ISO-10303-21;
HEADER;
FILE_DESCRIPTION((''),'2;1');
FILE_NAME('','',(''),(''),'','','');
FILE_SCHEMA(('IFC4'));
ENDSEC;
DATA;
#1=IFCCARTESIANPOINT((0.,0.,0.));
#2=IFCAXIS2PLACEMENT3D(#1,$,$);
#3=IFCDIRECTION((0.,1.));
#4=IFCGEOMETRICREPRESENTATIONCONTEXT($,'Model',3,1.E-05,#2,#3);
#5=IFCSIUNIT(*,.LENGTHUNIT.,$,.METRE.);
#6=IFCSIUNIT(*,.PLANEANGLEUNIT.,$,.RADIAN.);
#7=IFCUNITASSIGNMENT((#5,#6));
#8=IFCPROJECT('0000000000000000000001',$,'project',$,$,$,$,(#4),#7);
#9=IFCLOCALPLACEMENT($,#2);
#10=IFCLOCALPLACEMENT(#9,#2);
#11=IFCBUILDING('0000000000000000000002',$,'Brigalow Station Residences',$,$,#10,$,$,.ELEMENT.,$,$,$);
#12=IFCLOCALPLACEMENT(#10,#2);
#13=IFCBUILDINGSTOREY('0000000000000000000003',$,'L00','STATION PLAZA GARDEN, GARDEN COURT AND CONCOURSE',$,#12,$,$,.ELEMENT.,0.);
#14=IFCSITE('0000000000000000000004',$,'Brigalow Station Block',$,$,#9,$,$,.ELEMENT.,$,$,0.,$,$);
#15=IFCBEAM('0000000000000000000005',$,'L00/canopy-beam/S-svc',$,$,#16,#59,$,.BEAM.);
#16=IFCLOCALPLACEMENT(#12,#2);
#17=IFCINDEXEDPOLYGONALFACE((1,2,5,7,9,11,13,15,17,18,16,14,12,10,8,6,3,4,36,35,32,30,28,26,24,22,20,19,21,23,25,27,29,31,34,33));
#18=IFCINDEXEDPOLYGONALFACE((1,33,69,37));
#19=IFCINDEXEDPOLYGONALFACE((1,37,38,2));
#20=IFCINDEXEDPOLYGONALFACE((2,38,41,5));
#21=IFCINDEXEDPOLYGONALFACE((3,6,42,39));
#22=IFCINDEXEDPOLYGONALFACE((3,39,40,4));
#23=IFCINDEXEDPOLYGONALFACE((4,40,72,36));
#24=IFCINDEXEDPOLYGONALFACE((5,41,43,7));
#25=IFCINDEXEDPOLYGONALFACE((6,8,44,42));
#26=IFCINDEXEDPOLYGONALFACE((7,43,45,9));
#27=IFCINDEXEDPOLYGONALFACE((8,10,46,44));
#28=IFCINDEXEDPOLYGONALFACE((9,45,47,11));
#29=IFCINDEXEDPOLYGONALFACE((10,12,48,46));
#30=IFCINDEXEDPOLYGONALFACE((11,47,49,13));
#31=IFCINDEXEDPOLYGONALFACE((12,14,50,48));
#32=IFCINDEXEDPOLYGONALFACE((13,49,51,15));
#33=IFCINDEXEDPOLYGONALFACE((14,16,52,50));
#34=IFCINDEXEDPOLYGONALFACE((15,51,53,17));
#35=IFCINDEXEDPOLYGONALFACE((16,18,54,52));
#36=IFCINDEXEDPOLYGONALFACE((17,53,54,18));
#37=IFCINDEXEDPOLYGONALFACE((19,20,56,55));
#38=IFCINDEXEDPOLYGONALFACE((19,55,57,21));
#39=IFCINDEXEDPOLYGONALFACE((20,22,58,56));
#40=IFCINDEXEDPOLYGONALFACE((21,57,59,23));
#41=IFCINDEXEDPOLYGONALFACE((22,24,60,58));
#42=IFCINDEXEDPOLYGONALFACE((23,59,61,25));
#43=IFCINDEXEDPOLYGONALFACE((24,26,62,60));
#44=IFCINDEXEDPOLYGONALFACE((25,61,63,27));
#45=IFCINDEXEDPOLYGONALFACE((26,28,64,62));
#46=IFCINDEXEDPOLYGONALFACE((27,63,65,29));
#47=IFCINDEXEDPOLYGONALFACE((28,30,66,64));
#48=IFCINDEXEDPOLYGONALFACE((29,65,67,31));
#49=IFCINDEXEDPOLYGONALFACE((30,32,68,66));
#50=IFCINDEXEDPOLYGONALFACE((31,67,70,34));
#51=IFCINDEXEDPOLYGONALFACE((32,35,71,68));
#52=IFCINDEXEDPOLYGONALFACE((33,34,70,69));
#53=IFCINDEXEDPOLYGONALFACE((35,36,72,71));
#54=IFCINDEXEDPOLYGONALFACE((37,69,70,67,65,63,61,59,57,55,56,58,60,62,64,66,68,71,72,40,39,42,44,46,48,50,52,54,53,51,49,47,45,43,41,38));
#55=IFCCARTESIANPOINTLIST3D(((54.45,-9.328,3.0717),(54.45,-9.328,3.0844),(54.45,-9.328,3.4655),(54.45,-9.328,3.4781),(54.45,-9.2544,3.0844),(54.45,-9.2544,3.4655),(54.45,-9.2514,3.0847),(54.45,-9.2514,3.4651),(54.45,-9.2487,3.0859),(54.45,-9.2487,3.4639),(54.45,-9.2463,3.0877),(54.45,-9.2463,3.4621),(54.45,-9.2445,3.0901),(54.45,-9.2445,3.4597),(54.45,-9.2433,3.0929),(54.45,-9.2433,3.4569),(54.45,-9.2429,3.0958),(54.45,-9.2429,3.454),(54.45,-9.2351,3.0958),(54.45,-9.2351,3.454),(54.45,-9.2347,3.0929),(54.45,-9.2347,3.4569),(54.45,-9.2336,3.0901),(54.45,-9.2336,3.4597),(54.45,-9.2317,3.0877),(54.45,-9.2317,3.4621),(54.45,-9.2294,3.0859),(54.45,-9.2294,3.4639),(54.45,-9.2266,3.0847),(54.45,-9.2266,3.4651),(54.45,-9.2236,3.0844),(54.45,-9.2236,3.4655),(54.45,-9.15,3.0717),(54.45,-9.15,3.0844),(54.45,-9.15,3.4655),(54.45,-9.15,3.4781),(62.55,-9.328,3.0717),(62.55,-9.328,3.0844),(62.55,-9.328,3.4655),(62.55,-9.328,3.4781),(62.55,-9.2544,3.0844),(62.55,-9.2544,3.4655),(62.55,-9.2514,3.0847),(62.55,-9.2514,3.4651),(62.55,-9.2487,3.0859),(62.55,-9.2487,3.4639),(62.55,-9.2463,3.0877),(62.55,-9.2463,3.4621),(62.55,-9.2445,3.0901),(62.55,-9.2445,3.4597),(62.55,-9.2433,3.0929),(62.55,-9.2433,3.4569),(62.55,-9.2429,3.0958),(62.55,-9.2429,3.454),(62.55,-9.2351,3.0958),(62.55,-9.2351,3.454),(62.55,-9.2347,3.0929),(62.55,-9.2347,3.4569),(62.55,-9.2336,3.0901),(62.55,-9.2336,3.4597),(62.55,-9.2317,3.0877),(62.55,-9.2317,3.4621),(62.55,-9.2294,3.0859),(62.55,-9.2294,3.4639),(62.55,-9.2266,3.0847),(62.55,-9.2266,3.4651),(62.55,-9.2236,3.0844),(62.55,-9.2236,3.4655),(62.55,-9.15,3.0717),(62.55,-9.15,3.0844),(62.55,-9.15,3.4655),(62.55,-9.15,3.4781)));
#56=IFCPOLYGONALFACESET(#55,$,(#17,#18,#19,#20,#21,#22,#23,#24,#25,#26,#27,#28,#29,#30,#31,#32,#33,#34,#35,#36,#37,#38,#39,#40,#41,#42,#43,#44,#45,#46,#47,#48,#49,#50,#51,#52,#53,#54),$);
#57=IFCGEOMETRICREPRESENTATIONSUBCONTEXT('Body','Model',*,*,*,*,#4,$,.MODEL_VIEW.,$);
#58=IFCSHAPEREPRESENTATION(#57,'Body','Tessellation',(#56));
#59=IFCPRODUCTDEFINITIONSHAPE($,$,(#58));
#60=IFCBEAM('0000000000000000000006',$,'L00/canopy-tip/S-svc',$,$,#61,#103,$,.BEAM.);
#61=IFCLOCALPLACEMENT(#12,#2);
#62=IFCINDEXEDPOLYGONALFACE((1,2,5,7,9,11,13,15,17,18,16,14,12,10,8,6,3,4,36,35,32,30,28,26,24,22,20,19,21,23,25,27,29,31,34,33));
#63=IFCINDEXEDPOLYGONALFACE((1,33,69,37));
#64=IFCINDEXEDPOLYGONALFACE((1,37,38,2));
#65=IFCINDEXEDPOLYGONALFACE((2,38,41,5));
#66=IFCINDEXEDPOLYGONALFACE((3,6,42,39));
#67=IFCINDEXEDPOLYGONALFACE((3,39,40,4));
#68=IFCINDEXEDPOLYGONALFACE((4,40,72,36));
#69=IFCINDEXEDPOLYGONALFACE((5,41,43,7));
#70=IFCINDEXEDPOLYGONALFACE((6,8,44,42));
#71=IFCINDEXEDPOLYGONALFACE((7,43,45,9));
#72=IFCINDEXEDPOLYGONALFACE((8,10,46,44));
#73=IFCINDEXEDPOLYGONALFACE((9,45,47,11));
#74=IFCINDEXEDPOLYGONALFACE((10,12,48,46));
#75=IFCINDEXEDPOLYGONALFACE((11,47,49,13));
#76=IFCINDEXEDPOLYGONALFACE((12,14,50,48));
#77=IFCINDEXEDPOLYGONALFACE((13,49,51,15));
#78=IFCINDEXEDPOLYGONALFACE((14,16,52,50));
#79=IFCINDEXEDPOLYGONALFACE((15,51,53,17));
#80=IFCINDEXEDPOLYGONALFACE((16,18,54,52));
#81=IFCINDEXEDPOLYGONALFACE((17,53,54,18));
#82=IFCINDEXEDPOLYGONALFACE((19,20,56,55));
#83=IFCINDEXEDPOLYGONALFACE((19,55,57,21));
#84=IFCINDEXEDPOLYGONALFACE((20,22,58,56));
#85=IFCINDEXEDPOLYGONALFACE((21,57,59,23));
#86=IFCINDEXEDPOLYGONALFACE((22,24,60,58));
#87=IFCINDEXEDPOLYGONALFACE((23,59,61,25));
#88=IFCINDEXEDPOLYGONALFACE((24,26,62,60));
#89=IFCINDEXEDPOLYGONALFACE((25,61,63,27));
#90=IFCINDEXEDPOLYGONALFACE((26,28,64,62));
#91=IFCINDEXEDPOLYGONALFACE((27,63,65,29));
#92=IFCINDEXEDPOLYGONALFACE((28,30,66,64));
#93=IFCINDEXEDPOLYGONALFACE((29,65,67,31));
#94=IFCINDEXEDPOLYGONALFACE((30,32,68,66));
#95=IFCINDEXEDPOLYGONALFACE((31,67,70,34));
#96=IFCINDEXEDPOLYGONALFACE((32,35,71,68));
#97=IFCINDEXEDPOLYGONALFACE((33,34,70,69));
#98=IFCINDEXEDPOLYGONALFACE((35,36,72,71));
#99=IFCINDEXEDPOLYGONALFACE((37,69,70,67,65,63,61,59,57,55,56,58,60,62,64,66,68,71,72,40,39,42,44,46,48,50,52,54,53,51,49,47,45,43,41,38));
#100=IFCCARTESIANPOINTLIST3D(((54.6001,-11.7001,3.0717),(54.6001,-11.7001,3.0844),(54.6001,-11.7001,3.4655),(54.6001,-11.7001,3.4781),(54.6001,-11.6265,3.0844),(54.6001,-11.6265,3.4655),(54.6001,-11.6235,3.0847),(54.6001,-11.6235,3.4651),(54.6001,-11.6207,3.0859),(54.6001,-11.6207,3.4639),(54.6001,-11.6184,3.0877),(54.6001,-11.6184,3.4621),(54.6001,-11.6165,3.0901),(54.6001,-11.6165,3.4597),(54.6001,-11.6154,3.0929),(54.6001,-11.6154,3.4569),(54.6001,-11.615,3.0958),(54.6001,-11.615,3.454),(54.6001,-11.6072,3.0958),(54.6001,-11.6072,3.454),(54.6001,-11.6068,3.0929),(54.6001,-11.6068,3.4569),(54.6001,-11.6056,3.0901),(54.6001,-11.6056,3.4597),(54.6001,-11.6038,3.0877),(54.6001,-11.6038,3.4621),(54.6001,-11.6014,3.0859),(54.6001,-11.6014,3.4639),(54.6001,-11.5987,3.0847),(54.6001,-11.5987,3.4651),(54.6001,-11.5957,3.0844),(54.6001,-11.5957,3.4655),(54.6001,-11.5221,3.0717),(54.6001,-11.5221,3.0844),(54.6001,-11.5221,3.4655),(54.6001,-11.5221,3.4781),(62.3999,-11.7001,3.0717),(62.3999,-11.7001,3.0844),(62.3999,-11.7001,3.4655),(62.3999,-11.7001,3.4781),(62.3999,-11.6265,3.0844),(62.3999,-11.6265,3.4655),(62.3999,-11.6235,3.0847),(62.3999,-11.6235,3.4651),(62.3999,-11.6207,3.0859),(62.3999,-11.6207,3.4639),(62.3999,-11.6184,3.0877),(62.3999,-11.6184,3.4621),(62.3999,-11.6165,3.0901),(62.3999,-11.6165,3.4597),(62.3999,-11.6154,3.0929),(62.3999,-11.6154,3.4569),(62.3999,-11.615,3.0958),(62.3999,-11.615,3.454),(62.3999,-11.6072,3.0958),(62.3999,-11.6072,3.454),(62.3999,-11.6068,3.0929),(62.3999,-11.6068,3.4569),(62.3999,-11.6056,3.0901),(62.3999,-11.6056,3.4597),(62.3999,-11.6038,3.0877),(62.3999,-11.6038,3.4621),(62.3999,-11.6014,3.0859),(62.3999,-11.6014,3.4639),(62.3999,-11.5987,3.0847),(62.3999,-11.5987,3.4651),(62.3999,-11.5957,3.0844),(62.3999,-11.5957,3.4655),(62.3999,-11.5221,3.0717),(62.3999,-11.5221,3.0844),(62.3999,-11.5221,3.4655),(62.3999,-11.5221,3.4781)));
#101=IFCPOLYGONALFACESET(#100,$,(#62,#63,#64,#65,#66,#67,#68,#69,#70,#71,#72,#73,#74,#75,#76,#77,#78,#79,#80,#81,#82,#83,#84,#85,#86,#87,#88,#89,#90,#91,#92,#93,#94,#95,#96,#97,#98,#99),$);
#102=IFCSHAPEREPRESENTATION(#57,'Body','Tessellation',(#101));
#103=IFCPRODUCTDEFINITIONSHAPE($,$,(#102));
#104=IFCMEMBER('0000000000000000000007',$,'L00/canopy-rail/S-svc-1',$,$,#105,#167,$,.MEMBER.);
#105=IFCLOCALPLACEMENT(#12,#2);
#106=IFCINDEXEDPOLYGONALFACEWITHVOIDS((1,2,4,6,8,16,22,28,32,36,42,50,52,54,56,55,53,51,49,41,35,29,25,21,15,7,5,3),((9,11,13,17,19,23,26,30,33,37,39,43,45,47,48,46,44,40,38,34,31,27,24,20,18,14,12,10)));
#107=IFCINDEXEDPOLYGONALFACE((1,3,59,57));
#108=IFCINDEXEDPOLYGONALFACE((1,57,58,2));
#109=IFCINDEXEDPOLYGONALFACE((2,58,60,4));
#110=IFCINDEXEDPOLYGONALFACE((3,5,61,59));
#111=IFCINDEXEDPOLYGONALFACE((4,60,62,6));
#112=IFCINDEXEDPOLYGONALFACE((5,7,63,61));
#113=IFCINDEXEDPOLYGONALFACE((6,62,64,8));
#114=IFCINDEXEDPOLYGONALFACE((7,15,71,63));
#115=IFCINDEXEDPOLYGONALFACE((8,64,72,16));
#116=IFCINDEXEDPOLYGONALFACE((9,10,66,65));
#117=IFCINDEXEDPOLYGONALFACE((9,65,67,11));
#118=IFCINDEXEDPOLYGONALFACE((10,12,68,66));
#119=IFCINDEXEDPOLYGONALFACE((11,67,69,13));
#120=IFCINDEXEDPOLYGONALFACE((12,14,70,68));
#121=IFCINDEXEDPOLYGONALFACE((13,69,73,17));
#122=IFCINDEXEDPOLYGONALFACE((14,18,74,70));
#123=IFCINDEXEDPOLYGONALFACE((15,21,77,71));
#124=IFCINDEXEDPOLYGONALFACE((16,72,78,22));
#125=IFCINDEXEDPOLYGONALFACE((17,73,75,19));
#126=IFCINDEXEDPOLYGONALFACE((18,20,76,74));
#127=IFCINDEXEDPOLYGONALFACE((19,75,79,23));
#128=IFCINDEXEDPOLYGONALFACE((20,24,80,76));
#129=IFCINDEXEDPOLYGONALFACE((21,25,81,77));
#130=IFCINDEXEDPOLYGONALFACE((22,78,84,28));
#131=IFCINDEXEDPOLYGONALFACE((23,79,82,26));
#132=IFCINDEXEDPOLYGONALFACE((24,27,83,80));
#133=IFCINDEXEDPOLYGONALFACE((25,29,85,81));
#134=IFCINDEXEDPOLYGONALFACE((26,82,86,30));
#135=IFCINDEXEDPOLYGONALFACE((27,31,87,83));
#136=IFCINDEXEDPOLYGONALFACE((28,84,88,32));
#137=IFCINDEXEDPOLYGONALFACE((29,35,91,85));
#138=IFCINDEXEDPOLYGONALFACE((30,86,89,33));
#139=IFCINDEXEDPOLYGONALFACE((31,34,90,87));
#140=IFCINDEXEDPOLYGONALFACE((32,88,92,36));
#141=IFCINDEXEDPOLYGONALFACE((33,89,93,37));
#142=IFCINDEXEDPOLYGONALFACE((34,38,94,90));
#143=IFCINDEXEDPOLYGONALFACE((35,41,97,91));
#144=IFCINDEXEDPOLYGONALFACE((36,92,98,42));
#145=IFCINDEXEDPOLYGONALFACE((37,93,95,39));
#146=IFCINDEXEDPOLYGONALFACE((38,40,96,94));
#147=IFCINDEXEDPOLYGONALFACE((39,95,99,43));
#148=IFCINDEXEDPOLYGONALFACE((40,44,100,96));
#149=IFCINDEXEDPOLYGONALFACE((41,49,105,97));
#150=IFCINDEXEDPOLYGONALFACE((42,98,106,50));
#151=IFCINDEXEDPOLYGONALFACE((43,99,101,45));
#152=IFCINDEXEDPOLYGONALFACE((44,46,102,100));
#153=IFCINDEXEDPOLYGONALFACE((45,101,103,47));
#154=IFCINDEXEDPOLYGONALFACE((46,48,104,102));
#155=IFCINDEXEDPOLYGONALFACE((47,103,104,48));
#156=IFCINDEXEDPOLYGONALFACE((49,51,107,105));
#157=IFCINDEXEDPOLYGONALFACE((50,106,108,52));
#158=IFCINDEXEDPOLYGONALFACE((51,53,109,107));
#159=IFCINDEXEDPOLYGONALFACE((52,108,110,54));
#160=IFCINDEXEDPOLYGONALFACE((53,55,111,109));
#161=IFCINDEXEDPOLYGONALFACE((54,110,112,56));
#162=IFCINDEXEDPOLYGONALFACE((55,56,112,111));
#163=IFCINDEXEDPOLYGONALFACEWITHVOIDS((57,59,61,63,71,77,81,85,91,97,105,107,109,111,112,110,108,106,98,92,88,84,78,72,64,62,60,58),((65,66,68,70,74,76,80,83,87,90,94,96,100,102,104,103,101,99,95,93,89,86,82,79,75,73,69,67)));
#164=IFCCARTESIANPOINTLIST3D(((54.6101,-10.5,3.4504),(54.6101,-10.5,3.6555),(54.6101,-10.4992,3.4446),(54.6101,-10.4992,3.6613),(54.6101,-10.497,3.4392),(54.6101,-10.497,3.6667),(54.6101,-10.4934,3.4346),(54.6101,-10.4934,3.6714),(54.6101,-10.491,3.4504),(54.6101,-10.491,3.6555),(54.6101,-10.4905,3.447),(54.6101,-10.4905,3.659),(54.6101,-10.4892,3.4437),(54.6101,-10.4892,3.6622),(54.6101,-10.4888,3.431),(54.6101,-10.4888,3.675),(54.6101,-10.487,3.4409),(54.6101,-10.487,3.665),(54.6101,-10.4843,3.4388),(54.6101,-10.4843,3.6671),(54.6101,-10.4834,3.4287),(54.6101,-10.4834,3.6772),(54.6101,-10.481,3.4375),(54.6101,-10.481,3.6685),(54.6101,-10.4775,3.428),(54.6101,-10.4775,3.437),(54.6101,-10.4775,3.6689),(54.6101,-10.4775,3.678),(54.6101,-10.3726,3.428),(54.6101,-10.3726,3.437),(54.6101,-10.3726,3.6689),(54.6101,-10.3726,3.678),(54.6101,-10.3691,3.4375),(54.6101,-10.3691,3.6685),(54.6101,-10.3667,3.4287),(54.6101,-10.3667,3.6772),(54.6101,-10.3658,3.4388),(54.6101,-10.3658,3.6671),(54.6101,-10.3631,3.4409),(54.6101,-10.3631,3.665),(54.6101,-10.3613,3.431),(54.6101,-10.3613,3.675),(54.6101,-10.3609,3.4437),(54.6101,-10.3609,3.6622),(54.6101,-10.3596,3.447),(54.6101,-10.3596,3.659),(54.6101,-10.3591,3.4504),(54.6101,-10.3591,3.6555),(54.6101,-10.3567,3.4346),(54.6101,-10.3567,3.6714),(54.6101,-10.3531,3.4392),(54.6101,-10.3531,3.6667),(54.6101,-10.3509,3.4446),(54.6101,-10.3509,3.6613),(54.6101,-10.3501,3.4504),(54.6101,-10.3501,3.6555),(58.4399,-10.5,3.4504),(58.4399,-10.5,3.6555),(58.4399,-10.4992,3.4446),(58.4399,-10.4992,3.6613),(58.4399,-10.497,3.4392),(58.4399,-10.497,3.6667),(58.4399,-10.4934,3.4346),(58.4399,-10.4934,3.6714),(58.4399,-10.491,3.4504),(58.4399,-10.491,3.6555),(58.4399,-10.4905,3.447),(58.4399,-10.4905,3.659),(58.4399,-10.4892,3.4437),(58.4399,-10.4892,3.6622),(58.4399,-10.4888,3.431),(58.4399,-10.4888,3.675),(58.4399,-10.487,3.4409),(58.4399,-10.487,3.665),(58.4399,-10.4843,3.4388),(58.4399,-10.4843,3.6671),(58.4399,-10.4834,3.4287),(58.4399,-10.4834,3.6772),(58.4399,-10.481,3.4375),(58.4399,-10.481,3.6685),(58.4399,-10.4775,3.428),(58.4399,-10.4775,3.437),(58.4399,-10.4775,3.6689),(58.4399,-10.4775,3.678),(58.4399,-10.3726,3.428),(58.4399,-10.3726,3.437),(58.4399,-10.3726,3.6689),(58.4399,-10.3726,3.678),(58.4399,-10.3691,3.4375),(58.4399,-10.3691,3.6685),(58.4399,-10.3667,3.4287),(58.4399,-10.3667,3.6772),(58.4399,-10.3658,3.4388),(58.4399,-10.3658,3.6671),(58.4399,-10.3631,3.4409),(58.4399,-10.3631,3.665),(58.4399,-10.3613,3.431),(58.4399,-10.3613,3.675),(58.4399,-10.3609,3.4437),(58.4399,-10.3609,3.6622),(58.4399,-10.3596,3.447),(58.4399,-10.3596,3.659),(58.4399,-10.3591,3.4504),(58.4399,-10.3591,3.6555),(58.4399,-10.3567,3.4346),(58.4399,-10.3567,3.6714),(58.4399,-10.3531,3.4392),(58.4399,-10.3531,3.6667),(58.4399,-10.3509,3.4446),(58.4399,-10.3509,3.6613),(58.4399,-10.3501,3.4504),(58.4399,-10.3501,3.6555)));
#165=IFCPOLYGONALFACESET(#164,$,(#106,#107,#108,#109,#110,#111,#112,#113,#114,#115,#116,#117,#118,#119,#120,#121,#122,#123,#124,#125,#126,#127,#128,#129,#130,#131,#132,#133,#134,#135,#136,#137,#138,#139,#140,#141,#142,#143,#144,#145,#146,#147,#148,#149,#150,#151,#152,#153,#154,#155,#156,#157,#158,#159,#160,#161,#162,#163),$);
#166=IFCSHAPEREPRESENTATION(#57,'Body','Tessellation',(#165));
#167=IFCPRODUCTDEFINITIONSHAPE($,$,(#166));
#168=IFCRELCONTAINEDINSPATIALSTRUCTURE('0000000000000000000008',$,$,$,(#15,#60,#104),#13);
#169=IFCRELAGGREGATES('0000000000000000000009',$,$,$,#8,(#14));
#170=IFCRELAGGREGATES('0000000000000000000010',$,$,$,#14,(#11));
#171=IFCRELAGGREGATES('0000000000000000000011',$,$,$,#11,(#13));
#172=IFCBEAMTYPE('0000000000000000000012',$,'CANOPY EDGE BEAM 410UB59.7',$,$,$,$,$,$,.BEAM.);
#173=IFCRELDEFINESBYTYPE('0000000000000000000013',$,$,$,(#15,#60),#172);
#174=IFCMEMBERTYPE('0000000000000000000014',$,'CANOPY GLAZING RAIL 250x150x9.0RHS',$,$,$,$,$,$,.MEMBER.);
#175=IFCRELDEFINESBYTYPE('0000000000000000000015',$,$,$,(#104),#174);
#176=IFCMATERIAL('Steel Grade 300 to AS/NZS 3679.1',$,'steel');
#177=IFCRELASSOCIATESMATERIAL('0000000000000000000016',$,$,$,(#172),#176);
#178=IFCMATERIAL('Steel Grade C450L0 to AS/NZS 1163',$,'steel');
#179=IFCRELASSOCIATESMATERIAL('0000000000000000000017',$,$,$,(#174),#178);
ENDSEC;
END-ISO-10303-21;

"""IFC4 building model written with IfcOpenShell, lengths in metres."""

from ifc_helpers import new_model, si_unit, direction, frame, origin, origin_2d, place, context, subcontext, project, spatial, hollow_rectangle, i_section, extrude, material, material_profile, profile_set, type_object, element, save


model = new_model("IFC4")

# Units and contexts
model_context = context("Model", 3, precision=1e-05, world=origin(), true_north=direction((0.0, 1.0)))
body_context = subcontext(model_context, "Body", "Model", "MODEL_VIEW")
ifc_project = project(units=[si_unit("LENGTHUNIT", "METRE"), si_unit("PLANEANGLEUNIT", "RADIAN")], contexts=[model_context])

# Site, building, storey
site_placement = place(None, origin())
site = spatial("IfcSite", under=ifc_project, at=site_placement, Name="Brigalow Station Block", CompositionType="ELEMENT", RefElevation=0.0)
building_placement = place(site_placement, origin())
building = spatial("IfcBuilding", under=site, at=building_placement, Name="Brigalow Station Residences", CompositionType="ELEMENT")
storey_placement = place(building_placement, origin())
storey = spatial("IfcBuildingStorey", under=building, at=storey_placement, Name="L00", Description="STATION PLAZA GARDEN, GARDEN COURT AND CONCOURSE", CompositionType="ELEMENT", Elevation=0.0)

# Beams
ifc_material_1 = material(Name="Steel Grade 300 to AS/NZS 3679.1", Category="steel")
ifc_material_profile_1 = material_profile(ifc_material_1, i_section(OverallWidth=0.178, OverallDepth=0.4065, WebThickness=0.0078, FlangeThickness=0.0127, FilletRadius=0.0115, at=origin_2d()), Name="410UB59.7")
ifc_profile_set_1 = profile_set([ifc_material_profile_1], Name="Steel Grade 300 to AS/NZS 3679.1")
beam_type_1 = type_object("IfcBeamType", Name="CANOPY EDGE BEAM 410UB59.7", PredefinedType="BEAM", material=ifc_profile_set_1)
beam_1_placement = place(storey_placement, frame((54.45, -9.239, 3.2749), z_axis=(1.0, 0.0, 0.0), x_axis=(0.0, 1.0, 0.0)))
element("IfcBeam", 1, at=beam_1_placement, inside=storey, type_object=beam_type_1, Name="L00/canopy-beam/S-svc", PredefinedType="BEAM", context=body_context, shape_type="SweptSolid", body=[
    extrude(i_section(OverallWidth=0.178, OverallDepth=0.4065, WebThickness=0.0078, FlangeThickness=0.0127, FilletRadius=0.0115, at=origin_2d()), origin(), (0.0, 0.0, 1.0), 8.1001),
])
beam_2_placement = place(storey_placement, frame((54.6001, -11.6111, 3.2749), z_axis=(1.0, 0.0, 0.0), x_axis=(0.0, 1.0, 0.0)))
element("IfcBeam", 2, at=beam_2_placement, inside=storey, type_object=beam_type_1, Name="L00/canopy-tip/S-svc", PredefinedType="BEAM", context=body_context, shape_type="SweptSolid", body=[
    extrude(i_section(OverallWidth=0.178, OverallDepth=0.4065, WebThickness=0.0078, FlangeThickness=0.0127, FilletRadius=0.0115, at=origin_2d()), origin(), (0.0, 0.0, 1.0), 7.7998),
])

# Member
ifc_material_2 = material(Name="Steel Grade C450L0 to AS/NZS 1163", Category="steel")
ifc_material_profile_2 = material_profile(ifc_material_2, hollow_rectangle(XDim=0.1499, YDim=0.25, WallThickness=0.009, InnerFilletRadius=0.0134, OuterFilletRadius=0.0225, at=origin_2d()), Name="250x150x9.0RHS")
ifc_profile_set_2 = profile_set([ifc_material_profile_2], Name="Steel Grade C450L0 to AS/NZS 1163")
member_type = type_object("IfcMemberType", Name="CANOPY GLAZING RAIL 250x150x9.0RHS", PredefinedType="MEMBER", material=ifc_profile_set_2)
for number, where, z_axis, x_axis, name in (
    (3, (54.6101, -10.425, 3.553), (1.0, 0.0, 0.0), (0.0, 1.0, 0.0), "L00/canopy-rail/S-svc-1"),
):
    element("IfcMember", number, at=place(storey_placement, frame(where, z_axis=z_axis, x_axis=x_axis)), inside=storey, type_object=member_type, Name=name, PredefinedType="MEMBER", context=body_context, shape_type="SweptSolid", body=[
        extrude(hollow_rectangle(XDim=0.1499, YDim=0.25, WallThickness=0.009, InnerFilletRadius=0.0134, OuterFilletRadius=0.0225, at=origin_2d()), origin(), (0.0, 0.0, 1.0), 3.8298),
    ])

save(model, "model.ifc")
